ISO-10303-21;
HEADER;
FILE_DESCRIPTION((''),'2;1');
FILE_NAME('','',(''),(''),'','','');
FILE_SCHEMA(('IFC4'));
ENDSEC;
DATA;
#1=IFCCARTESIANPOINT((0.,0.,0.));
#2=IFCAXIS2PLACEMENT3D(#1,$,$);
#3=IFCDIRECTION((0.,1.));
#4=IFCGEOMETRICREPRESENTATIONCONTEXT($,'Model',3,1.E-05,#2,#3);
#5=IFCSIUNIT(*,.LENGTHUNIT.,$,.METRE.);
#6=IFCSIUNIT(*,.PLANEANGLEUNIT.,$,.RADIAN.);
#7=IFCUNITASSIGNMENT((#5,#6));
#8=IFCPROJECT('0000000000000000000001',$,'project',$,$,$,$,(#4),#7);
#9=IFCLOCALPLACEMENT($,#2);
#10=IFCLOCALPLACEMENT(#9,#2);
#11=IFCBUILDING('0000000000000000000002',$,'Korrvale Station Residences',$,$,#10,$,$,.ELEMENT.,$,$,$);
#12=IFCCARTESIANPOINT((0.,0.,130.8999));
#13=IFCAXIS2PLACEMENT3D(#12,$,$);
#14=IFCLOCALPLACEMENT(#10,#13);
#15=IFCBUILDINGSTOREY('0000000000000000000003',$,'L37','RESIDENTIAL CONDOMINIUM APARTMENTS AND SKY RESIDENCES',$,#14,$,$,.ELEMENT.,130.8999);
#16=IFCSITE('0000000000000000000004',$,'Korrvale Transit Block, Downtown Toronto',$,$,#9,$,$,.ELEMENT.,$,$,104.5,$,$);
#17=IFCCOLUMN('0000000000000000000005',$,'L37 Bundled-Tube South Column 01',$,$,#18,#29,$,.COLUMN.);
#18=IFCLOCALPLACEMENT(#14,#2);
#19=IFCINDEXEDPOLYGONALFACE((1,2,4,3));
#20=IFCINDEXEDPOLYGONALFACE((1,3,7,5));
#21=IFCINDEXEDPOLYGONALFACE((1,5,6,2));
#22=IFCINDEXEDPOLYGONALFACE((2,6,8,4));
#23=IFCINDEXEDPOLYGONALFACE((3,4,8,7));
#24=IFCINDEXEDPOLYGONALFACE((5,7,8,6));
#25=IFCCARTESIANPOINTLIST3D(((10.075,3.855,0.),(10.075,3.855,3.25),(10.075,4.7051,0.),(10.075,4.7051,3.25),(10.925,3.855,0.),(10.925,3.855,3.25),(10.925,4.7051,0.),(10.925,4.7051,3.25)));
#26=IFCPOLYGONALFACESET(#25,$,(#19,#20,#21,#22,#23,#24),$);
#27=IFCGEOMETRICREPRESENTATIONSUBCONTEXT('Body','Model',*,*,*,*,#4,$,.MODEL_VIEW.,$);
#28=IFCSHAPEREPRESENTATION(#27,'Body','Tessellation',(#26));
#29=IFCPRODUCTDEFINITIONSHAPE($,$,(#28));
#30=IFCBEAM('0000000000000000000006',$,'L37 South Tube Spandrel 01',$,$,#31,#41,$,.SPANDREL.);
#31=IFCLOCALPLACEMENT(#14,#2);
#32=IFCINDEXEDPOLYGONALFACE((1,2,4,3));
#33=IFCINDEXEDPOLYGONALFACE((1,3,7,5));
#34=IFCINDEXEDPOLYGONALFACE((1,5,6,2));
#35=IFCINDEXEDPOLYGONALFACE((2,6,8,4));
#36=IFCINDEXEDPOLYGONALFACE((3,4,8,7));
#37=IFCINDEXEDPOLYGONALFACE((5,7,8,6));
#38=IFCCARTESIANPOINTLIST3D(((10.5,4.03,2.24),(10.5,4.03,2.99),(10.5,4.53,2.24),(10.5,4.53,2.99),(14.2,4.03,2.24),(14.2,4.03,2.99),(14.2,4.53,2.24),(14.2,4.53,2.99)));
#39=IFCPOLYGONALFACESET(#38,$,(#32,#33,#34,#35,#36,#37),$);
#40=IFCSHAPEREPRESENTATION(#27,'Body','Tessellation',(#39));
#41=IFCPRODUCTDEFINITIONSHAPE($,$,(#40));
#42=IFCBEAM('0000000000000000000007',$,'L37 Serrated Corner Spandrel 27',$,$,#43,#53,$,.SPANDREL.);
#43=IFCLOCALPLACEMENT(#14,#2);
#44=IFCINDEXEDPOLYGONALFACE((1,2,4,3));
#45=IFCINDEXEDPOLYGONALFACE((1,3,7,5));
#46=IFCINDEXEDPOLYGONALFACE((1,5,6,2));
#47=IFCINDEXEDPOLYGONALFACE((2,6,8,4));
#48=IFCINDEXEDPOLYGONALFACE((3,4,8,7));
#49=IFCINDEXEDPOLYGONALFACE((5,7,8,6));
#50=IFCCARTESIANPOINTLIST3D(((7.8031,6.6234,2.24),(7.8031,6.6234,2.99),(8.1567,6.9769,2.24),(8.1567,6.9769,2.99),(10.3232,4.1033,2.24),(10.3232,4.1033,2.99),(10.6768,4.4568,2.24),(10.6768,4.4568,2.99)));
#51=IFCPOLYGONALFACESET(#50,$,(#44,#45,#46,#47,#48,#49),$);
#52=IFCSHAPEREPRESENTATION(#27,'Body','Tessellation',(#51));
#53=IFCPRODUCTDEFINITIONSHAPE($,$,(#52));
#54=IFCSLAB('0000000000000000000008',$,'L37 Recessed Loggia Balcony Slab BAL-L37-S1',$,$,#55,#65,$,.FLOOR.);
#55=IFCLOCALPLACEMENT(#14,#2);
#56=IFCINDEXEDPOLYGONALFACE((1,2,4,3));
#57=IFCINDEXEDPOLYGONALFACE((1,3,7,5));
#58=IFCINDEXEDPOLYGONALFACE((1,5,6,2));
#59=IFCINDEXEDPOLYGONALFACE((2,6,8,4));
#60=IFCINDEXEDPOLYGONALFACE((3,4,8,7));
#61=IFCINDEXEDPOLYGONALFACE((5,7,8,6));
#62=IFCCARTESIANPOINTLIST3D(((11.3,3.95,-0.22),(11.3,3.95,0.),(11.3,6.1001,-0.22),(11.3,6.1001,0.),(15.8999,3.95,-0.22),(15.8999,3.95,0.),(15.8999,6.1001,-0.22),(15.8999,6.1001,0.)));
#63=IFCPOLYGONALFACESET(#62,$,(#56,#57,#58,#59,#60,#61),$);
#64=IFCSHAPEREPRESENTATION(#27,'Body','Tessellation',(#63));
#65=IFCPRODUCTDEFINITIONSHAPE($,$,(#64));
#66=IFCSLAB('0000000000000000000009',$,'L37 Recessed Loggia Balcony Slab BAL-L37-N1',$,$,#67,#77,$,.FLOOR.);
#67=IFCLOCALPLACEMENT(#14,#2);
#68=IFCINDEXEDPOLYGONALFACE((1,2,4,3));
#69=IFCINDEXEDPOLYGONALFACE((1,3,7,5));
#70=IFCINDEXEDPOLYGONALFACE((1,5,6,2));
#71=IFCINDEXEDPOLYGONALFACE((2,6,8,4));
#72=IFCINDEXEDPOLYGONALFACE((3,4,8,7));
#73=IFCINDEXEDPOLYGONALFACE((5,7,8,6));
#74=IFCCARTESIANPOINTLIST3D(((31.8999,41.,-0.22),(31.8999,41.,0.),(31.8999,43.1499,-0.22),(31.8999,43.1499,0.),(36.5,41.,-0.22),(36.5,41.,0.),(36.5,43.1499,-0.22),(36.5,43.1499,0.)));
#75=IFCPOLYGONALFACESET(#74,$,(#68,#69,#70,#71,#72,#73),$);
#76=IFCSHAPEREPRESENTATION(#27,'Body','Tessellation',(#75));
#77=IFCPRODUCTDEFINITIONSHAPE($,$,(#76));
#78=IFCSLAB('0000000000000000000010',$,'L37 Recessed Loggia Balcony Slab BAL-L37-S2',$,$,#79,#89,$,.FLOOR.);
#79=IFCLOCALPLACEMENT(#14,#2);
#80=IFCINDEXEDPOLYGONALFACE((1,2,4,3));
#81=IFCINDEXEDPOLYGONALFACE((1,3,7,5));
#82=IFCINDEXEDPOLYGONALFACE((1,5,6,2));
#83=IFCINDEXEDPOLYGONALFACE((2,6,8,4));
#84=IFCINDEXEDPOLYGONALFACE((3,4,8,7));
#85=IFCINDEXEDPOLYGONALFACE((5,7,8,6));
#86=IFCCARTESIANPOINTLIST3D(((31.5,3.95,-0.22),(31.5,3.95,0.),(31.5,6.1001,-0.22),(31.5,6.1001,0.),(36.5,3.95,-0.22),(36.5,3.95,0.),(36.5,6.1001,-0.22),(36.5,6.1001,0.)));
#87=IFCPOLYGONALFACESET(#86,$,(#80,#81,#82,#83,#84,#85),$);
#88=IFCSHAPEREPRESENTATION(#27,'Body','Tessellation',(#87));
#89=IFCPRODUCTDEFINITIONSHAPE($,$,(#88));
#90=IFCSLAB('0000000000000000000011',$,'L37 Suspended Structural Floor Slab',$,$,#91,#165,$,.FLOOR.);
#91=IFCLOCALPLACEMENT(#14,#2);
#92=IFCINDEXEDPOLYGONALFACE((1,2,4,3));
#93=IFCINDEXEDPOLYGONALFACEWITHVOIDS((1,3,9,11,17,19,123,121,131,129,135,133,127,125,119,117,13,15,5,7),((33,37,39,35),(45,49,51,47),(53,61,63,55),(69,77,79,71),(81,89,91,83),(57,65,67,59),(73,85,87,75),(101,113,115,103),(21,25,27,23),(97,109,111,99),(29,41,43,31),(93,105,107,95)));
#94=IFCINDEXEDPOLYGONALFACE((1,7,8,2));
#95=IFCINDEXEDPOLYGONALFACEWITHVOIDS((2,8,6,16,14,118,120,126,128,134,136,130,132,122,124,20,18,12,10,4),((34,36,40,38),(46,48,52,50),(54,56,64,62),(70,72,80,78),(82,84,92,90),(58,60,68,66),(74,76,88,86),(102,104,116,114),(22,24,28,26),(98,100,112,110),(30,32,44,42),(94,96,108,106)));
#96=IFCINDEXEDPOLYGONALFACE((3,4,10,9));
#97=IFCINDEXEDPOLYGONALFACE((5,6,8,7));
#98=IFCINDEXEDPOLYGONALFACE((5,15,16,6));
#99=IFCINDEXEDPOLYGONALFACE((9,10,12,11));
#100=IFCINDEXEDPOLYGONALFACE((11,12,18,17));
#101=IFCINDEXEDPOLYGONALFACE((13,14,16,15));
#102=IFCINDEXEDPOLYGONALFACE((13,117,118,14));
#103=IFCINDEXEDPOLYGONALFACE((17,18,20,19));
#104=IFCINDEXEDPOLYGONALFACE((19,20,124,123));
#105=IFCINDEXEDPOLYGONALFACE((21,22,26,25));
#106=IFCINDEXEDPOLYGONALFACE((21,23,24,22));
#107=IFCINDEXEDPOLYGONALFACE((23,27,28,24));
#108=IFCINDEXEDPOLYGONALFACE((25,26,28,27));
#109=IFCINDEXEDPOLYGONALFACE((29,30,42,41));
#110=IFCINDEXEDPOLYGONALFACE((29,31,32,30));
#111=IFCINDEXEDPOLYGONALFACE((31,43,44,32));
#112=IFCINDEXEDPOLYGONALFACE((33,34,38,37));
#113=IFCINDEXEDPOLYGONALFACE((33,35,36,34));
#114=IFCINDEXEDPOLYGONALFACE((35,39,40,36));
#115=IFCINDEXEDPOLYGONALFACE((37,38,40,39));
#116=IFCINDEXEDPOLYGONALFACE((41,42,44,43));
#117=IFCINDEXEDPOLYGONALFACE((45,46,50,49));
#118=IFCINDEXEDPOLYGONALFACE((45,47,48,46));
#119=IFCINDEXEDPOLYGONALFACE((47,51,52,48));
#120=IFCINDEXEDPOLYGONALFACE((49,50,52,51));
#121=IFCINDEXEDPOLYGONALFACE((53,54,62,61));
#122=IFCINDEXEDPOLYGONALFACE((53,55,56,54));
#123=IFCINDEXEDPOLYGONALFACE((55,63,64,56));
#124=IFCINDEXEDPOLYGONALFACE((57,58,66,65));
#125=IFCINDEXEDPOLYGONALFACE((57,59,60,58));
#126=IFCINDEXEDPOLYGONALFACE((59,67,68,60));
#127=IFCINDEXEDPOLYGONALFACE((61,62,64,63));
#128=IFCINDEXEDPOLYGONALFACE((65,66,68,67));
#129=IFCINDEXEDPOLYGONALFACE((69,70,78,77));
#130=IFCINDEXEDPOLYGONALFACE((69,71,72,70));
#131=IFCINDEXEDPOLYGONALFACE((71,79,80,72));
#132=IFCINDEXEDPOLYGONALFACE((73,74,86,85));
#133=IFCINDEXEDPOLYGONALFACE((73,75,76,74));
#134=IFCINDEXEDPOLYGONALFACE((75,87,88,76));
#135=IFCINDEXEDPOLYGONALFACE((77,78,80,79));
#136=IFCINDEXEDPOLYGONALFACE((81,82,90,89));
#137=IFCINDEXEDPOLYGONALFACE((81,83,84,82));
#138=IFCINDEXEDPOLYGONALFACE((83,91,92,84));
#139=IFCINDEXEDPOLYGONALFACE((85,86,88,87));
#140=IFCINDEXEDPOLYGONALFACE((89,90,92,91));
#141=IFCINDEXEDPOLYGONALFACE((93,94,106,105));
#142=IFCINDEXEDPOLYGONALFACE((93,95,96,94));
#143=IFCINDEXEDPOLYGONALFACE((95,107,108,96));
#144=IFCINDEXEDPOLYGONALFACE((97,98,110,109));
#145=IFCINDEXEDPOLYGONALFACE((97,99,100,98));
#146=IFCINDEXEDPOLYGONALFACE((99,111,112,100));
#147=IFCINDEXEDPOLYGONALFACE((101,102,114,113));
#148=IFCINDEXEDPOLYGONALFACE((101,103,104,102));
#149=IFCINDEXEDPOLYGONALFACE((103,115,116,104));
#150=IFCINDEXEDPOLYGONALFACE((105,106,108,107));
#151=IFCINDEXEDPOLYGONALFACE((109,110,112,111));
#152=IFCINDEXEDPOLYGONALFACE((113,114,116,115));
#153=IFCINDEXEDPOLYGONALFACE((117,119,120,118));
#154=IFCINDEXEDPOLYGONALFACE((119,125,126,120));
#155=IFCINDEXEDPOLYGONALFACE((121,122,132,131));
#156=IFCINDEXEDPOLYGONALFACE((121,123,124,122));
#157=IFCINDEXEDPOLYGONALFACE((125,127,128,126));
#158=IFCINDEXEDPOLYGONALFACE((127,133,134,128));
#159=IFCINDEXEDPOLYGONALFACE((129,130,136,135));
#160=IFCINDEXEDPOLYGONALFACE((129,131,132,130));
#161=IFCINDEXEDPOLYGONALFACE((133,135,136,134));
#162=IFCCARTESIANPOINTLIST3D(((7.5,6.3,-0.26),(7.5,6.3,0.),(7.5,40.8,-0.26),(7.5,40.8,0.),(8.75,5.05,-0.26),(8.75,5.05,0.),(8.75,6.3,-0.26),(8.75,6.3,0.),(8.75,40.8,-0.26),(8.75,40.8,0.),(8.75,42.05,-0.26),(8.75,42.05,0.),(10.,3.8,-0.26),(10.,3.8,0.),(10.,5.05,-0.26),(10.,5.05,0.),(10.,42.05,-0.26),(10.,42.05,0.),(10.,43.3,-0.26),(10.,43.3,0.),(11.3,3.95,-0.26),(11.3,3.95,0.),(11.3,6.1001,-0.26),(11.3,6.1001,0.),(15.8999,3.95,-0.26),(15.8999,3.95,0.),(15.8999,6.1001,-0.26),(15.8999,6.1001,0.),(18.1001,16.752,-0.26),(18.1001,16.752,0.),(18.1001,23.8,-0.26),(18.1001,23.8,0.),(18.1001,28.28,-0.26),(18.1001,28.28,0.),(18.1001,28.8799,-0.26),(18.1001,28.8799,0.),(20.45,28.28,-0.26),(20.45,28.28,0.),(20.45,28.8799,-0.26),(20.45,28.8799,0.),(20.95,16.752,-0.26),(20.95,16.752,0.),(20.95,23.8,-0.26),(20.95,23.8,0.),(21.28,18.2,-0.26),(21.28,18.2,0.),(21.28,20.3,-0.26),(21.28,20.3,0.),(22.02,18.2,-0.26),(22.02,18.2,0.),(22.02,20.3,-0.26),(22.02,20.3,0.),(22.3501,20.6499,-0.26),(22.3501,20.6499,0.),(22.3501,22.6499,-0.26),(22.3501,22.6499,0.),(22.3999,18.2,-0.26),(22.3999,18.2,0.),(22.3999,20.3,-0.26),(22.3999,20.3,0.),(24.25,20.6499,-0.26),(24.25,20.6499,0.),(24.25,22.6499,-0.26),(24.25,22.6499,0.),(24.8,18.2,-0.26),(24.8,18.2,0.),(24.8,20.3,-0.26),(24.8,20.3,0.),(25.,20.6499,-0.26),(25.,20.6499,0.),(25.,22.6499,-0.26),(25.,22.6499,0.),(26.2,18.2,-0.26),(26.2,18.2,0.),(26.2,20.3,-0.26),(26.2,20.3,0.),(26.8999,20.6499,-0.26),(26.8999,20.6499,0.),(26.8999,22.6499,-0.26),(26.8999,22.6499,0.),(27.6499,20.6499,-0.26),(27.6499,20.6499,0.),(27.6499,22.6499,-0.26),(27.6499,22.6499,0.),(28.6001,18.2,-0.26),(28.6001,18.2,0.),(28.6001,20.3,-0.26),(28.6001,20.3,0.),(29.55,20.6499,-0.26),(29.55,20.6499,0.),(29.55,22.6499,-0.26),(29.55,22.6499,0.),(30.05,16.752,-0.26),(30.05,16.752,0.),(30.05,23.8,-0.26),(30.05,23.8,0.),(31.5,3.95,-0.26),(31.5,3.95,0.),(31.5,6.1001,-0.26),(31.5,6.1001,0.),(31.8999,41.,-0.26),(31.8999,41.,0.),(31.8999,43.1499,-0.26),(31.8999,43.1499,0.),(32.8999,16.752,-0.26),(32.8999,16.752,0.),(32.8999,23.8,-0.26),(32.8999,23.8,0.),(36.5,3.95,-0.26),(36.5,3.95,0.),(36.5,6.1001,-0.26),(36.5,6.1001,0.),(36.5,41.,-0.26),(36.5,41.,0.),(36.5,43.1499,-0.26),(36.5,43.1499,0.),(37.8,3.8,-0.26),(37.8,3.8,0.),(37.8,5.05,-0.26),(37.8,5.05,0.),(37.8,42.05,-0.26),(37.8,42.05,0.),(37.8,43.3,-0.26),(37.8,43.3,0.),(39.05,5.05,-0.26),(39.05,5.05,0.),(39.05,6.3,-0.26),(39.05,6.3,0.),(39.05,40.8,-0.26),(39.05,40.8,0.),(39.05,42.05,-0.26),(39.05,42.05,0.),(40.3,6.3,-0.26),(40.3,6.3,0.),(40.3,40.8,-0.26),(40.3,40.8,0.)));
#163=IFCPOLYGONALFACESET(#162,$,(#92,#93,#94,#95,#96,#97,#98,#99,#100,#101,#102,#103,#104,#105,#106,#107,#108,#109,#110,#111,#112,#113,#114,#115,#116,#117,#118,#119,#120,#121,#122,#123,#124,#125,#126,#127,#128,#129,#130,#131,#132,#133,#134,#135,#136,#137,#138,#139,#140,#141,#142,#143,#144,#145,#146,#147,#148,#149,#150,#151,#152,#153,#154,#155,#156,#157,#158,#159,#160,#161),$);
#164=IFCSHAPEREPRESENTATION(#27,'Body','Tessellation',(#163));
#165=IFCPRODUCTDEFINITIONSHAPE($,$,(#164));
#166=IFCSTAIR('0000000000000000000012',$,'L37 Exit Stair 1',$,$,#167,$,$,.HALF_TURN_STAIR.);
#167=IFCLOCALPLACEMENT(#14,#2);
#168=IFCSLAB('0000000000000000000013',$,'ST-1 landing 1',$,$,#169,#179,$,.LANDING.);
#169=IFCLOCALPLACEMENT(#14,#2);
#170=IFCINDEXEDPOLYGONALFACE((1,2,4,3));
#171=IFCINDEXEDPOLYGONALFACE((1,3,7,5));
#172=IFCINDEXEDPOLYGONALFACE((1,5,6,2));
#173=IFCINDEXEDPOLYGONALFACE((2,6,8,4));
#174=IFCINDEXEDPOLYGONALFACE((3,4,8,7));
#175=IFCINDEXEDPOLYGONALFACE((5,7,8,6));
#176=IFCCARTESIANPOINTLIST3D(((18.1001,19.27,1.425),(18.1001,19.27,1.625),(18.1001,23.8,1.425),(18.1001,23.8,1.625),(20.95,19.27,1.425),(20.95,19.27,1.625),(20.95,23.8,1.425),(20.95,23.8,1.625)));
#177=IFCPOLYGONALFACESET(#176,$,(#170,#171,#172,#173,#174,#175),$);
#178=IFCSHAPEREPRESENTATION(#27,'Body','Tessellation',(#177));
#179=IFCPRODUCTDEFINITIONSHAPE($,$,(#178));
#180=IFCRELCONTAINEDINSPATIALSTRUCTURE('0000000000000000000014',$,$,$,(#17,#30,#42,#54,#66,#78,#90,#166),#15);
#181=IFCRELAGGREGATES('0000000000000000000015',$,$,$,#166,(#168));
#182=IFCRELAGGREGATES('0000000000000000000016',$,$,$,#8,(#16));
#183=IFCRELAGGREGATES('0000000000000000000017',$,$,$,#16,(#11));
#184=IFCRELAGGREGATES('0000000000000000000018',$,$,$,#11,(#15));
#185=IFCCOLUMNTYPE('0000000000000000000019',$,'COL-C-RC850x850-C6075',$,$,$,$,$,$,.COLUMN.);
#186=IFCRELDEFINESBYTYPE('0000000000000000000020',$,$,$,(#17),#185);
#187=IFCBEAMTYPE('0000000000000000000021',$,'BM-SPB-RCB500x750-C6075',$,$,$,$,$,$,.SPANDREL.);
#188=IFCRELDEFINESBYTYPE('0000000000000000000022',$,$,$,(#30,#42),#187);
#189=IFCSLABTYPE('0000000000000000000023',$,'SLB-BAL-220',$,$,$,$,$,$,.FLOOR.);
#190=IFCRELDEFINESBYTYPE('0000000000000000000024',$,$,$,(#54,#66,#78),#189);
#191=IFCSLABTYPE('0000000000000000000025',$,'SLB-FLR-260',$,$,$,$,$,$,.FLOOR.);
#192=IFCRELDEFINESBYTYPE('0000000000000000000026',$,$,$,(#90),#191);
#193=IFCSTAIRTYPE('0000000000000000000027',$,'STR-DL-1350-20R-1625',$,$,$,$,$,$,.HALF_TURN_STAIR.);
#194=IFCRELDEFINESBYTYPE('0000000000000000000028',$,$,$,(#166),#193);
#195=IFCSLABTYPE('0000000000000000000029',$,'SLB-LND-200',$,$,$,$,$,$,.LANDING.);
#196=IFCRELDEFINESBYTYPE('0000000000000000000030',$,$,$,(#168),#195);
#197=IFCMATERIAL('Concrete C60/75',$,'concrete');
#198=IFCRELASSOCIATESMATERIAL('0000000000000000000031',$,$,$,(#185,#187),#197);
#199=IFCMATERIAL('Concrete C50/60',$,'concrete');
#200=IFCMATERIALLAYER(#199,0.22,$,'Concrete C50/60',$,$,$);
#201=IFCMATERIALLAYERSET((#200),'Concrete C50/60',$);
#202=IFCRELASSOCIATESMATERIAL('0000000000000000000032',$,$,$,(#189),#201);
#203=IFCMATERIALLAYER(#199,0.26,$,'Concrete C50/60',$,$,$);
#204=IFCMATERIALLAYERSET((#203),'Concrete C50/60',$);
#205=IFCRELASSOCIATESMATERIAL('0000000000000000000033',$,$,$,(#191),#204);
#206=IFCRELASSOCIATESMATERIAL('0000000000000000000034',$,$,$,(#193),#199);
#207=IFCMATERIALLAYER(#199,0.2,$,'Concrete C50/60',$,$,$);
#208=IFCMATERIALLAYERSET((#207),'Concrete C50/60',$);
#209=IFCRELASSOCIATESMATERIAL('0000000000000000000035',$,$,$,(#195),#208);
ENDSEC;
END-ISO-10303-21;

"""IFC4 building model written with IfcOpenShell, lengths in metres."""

from ifc_helpers import new_model, si_unit, direction, frame, origin, origin_2d, place, context, subcontext, project, spatial, polyline, rectangle, outline, extrude, material, layer, layer_set, material_profile, profile_set, type_object, element, aggregate, save


model = new_model("IFC4")

# Units and contexts
model_context = context("Model", 3, precision=1e-05, world=origin(), true_north=direction((0.0, 1.0)))
body_context = subcontext(model_context, "Body", "Model", "MODEL_VIEW")
ifc_project = project(units=[si_unit("LENGTHUNIT", "METRE"), si_unit("PLANEANGLEUNIT", "RADIAN")], contexts=[model_context])

# Site, building, storey
site_placement = place(None, origin())
site = spatial("IfcSite", under=ifc_project, at=site_placement, Name="Korrvale Transit Block, Downtown Toronto", CompositionType="ELEMENT", RefElevation=104.5)
building_placement = place(site_placement, origin())
building = spatial("IfcBuilding", under=site, at=building_placement, Name="Korrvale Station Residences", CompositionType="ELEMENT")
storey_placement = place(building_placement, frame((0.0, 0.0, 130.8999)))
storey = spatial("IfcBuildingStorey", under=building, at=storey_placement, Name="L37", Description="RESIDENTIAL CONDOMINIUM APARTMENTS AND SKY RESIDENCES", CompositionType="ELEMENT", Elevation=130.8999)

# Column
ifc_material_1 = material(Name="Concrete C60/75", Category="concrete")
ifc_material_profile_1 = material_profile(ifc_material_1, rectangle(XDim=0.8501, YDim=0.8501, at=origin_2d()), Name="RC850x850")
ifc_profile_set_1 = profile_set([ifc_material_profile_1], Name="Concrete C60/75")
column_type = type_object("IfcColumnType", Name="COL-C-RC850x850-C6075", PredefinedType="COLUMN", material=ifc_profile_set_1)
column_placement = place(storey_placement, frame((10.5, 4.28, 0.0), z_axis=(0.0, 0.0, 1.0), x_axis=(1.0, 0.0, 0.0)))
element("IfcColumn", 1, at=column_placement, inside=storey, type_object=column_type, Name="L37 Bundled-Tube South Column 01", PredefinedType="COLUMN", context=body_context, shape_type="SweptSolid", body=[
    extrude(rectangle(XDim=0.8501, YDim=0.8501, at=origin_2d()), origin(), (0.0, 0.0, 1.0), 3.25),
])

# Beams
ifc_material_profile_2 = material_profile(ifc_material_1, rectangle(XDim=0.5, YDim=0.75, at=origin_2d()), Name="RCB500x750")
ifc_profile_set_2 = profile_set([ifc_material_profile_2], Name="Concrete C60/75")
beam_type = type_object("IfcBeamType", Name="BM-SPB-RCB500x750-C6075", PredefinedType="SPANDREL", material=ifc_profile_set_2)
beam_1_placement = place(storey_placement, frame((10.5, 4.28, 2.615), z_axis=(1.0, 0.0, 0.0), x_axis=(0.0, 1.0, 0.0)))
element("IfcBeam", 2, at=beam_1_placement, inside=storey, type_object=beam_type, Name="L37 South Tube Spandrel 01", PredefinedType="SPANDREL", context=body_context, shape_type="SweptSolid", body=[
    extrude(rectangle(XDim=0.5, YDim=0.75, at=origin_2d()), origin(), (0.0, 0.0, 1.0), 3.7),
])
beam_2_placement = place(storey_placement, frame((10.5, 4.28, 2.615), z_axis=(-0.707107, 0.707107, 0.0), x_axis=(-0.707107, -0.707107, 0.0)))
element("IfcBeam", 3, at=beam_2_placement, inside=storey, type_object=beam_type, Name="L37 Serrated Corner Spandrel 27", PredefinedType="SPANDREL", context=body_context, shape_type="SweptSolid", body=[
    extrude(rectangle(XDim=0.5, YDim=0.75, at=origin_2d()), origin(), (0.0, 0.0, 1.0), 3.564),
])

# Slabs
ifc_material_2 = material(Name="Concrete C50/60", Category="concrete")
ifc_layer_1 = layer(ifc_material_2, 0.22, Name="Concrete C50/60")
ifc_layer_set_1 = layer_set([ifc_layer_1], Name="Concrete C50/60")
slab_type_1 = type_object("IfcSlabType", Name="SLB-BAL-220", PredefinedType="FLOOR", material=ifc_layer_set_1)
slab_1_placement = place(storey_placement, frame((0.0, 0.0, -0.22)))
element("IfcSlab", 4, at=slab_1_placement, inside=storey, type_object=slab_type_1, Name="L37 Recessed Loggia Balcony Slab BAL-L37-S1", PredefinedType="FLOOR", context=body_context, shape_type="SweptSolid", body=[
    extrude(outline(polyline([(11.3, 3.95), (15.8999, 3.95), (15.8999, 6.1001), (11.3, 6.1001), (11.3, 3.95)])), origin(), (0.0, 0.0, 1.0), 0.22),
])
slab_2_placement = place(storey_placement, frame((0.0, 0.0, -0.22)))
element("IfcSlab", 5, at=slab_2_placement, inside=storey, type_object=slab_type_1, Name="L37 Recessed Loggia Balcony Slab BAL-L37-N1", PredefinedType="FLOOR", context=body_context, shape_type="SweptSolid", body=[
    extrude(outline(polyline([(31.8999, 41.0), (36.5, 41.0), (36.5, 43.1499), (31.8999, 43.1499), (31.8999, 41.0)])), origin(), (0.0, 0.0, 1.0), 0.22),
])
slab_3_placement = place(storey_placement, frame((0.0, 0.0, -0.22)))
element("IfcSlab", 6, at=slab_3_placement, inside=storey, type_object=slab_type_1, Name="L37 Recessed Loggia Balcony Slab BAL-L37-S2", PredefinedType="FLOOR", context=body_context, shape_type="SweptSolid", body=[
    extrude(outline(polyline([(31.5, 3.95), (36.5, 3.95), (36.5, 6.1001), (31.5, 6.1001), (31.5, 3.95)])), origin(), (0.0, 0.0, 1.0), 0.22),
])
ifc_layer_2 = layer(ifc_material_2, 0.26, Name="Concrete C50/60")
ifc_layer_set_2 = layer_set([ifc_layer_2], Name="Concrete C50/60")
slab_type_2 = type_object("IfcSlabType", Name="SLB-FLR-260", PredefinedType="FLOOR", material=ifc_layer_set_2)
slab_4_placement = place(storey_placement, frame((0.0, 0.0, -0.26)))
element("IfcSlab", 7, at=slab_4_placement, inside=storey, type_object=slab_type_2, Name="L37 Suspended Structural Floor Slab", PredefinedType="FLOOR", context=body_context, shape_type="SweptSolid", body=[
    extrude(outline(polyline([(10.0, 3.8), (37.8, 3.8), (37.8, 5.05), (39.05, 5.05), (39.05, 6.3), (40.3, 6.3), (40.3, 40.8), (39.05, 40.8), (39.05, 42.05), (37.8, 42.05), (37.8, 43.3), (10.0, 43.3), (10.0, 42.05), (8.75, 42.05), (8.75, 40.8), (7.5, 40.8), (7.5, 6.3), (8.75, 6.3), (8.75, 5.05), (10.0, 5.05), (10.0, 3.8)]), holes=[polyline([(20.95, 16.752), (20.95, 23.8), (18.1001, 23.8), (18.1001, 16.752), (20.95, 16.752)]), polyline([(32.8999, 16.752), (32.8999, 23.8), (30.05, 23.8), (30.05, 16.752), (32.8999, 16.752)]), polyline([(22.3501, 20.6499), (24.25, 20.6499), (24.25, 22.6499), (22.3501, 22.6499), (22.3501, 20.6499)]), polyline([(25.0, 20.6499), (26.8999, 20.6499), (26.8999, 22.6499), (25.0, 22.6499), (25.0, 20.6499)]), polyline([(27.6499, 20.6499), (29.55, 20.6499), (29.55, 22.6499), (27.6499, 22.6499), (27.6499, 20.6499)]), polyline([(22.3999, 18.2), (24.8, 18.2), (24.8, 20.3), (22.3999, 20.3), (22.3999, 18.2)]), polyline([(26.2, 18.2), (28.6001, 18.2), (28.6001, 20.3), (26.2, 20.3), (26.2, 18.2)]), polyline([(18.1001, 28.28), (20.45, 28.28), (20.45, 28.8799), (18.1001, 28.8799), (18.1001, 28.28)]), polyline([(21.28, 18.2), (22.02, 18.2), (22.02, 20.3), (21.28, 20.3), (21.28, 18.2)]), polyline([(11.3, 3.95), (15.8999, 3.95), (15.8999, 6.1001), (11.3, 6.1001), (11.3, 3.95)]), polyline([(31.8999, 41.0), (36.5, 41.0), (36.5, 43.1499), (31.8999, 43.1499), (31.8999, 41.0)]), polyline([(31.5, 3.95), (36.5, 3.95), (36.5, 6.1001), (31.5, 6.1001), (31.5, 3.95)])]), origin(), (0.0, 0.0, 1.0), 0.26),
])

# Stair, slab
stair_type = type_object("IfcStairType", Name="STR-DL-1350-20R-1625", PredefinedType="HALF_TURN_STAIR", material=ifc_material_2)
stair_1_placement = place(storey_placement, origin())
stair_1 = element("IfcStair", 8, at=stair_1_placement, inside=storey, type_object=stair_type, Name="L37 Exit Stair 1", PredefinedType="HALF_TURN_STAIR")
ifc_layer_3 = layer(ifc_material_2, 0.2, Name="Concrete C50/60")
ifc_layer_set_3 = layer_set([ifc_layer_3], Name="Concrete C50/60")
slab_type_3 = type_object("IfcSlabType", Name="SLB-LND-200", PredefinedType="LANDING", material=ifc_layer_set_3)
slab_5_placement = place(storey_placement, frame((0.0, 0.0, 1.425)))
slab_5 = element("IfcSlab", 9, at=slab_5_placement, type_object=slab_type_3, Name="ST-1 landing 1", PredefinedType="LANDING", context=body_context, shape_type="SweptSolid", body=[
    extrude(outline(polyline([(20.95, 19.27), (20.95, 23.8), (18.1001, 23.8), (18.1001, 19.27), (20.95, 19.27)])), origin(), (0.0, 0.0, 1.0), 0.2),
])
aggregate(stair_1, [slab_5])

save(model, "model.ifc")
